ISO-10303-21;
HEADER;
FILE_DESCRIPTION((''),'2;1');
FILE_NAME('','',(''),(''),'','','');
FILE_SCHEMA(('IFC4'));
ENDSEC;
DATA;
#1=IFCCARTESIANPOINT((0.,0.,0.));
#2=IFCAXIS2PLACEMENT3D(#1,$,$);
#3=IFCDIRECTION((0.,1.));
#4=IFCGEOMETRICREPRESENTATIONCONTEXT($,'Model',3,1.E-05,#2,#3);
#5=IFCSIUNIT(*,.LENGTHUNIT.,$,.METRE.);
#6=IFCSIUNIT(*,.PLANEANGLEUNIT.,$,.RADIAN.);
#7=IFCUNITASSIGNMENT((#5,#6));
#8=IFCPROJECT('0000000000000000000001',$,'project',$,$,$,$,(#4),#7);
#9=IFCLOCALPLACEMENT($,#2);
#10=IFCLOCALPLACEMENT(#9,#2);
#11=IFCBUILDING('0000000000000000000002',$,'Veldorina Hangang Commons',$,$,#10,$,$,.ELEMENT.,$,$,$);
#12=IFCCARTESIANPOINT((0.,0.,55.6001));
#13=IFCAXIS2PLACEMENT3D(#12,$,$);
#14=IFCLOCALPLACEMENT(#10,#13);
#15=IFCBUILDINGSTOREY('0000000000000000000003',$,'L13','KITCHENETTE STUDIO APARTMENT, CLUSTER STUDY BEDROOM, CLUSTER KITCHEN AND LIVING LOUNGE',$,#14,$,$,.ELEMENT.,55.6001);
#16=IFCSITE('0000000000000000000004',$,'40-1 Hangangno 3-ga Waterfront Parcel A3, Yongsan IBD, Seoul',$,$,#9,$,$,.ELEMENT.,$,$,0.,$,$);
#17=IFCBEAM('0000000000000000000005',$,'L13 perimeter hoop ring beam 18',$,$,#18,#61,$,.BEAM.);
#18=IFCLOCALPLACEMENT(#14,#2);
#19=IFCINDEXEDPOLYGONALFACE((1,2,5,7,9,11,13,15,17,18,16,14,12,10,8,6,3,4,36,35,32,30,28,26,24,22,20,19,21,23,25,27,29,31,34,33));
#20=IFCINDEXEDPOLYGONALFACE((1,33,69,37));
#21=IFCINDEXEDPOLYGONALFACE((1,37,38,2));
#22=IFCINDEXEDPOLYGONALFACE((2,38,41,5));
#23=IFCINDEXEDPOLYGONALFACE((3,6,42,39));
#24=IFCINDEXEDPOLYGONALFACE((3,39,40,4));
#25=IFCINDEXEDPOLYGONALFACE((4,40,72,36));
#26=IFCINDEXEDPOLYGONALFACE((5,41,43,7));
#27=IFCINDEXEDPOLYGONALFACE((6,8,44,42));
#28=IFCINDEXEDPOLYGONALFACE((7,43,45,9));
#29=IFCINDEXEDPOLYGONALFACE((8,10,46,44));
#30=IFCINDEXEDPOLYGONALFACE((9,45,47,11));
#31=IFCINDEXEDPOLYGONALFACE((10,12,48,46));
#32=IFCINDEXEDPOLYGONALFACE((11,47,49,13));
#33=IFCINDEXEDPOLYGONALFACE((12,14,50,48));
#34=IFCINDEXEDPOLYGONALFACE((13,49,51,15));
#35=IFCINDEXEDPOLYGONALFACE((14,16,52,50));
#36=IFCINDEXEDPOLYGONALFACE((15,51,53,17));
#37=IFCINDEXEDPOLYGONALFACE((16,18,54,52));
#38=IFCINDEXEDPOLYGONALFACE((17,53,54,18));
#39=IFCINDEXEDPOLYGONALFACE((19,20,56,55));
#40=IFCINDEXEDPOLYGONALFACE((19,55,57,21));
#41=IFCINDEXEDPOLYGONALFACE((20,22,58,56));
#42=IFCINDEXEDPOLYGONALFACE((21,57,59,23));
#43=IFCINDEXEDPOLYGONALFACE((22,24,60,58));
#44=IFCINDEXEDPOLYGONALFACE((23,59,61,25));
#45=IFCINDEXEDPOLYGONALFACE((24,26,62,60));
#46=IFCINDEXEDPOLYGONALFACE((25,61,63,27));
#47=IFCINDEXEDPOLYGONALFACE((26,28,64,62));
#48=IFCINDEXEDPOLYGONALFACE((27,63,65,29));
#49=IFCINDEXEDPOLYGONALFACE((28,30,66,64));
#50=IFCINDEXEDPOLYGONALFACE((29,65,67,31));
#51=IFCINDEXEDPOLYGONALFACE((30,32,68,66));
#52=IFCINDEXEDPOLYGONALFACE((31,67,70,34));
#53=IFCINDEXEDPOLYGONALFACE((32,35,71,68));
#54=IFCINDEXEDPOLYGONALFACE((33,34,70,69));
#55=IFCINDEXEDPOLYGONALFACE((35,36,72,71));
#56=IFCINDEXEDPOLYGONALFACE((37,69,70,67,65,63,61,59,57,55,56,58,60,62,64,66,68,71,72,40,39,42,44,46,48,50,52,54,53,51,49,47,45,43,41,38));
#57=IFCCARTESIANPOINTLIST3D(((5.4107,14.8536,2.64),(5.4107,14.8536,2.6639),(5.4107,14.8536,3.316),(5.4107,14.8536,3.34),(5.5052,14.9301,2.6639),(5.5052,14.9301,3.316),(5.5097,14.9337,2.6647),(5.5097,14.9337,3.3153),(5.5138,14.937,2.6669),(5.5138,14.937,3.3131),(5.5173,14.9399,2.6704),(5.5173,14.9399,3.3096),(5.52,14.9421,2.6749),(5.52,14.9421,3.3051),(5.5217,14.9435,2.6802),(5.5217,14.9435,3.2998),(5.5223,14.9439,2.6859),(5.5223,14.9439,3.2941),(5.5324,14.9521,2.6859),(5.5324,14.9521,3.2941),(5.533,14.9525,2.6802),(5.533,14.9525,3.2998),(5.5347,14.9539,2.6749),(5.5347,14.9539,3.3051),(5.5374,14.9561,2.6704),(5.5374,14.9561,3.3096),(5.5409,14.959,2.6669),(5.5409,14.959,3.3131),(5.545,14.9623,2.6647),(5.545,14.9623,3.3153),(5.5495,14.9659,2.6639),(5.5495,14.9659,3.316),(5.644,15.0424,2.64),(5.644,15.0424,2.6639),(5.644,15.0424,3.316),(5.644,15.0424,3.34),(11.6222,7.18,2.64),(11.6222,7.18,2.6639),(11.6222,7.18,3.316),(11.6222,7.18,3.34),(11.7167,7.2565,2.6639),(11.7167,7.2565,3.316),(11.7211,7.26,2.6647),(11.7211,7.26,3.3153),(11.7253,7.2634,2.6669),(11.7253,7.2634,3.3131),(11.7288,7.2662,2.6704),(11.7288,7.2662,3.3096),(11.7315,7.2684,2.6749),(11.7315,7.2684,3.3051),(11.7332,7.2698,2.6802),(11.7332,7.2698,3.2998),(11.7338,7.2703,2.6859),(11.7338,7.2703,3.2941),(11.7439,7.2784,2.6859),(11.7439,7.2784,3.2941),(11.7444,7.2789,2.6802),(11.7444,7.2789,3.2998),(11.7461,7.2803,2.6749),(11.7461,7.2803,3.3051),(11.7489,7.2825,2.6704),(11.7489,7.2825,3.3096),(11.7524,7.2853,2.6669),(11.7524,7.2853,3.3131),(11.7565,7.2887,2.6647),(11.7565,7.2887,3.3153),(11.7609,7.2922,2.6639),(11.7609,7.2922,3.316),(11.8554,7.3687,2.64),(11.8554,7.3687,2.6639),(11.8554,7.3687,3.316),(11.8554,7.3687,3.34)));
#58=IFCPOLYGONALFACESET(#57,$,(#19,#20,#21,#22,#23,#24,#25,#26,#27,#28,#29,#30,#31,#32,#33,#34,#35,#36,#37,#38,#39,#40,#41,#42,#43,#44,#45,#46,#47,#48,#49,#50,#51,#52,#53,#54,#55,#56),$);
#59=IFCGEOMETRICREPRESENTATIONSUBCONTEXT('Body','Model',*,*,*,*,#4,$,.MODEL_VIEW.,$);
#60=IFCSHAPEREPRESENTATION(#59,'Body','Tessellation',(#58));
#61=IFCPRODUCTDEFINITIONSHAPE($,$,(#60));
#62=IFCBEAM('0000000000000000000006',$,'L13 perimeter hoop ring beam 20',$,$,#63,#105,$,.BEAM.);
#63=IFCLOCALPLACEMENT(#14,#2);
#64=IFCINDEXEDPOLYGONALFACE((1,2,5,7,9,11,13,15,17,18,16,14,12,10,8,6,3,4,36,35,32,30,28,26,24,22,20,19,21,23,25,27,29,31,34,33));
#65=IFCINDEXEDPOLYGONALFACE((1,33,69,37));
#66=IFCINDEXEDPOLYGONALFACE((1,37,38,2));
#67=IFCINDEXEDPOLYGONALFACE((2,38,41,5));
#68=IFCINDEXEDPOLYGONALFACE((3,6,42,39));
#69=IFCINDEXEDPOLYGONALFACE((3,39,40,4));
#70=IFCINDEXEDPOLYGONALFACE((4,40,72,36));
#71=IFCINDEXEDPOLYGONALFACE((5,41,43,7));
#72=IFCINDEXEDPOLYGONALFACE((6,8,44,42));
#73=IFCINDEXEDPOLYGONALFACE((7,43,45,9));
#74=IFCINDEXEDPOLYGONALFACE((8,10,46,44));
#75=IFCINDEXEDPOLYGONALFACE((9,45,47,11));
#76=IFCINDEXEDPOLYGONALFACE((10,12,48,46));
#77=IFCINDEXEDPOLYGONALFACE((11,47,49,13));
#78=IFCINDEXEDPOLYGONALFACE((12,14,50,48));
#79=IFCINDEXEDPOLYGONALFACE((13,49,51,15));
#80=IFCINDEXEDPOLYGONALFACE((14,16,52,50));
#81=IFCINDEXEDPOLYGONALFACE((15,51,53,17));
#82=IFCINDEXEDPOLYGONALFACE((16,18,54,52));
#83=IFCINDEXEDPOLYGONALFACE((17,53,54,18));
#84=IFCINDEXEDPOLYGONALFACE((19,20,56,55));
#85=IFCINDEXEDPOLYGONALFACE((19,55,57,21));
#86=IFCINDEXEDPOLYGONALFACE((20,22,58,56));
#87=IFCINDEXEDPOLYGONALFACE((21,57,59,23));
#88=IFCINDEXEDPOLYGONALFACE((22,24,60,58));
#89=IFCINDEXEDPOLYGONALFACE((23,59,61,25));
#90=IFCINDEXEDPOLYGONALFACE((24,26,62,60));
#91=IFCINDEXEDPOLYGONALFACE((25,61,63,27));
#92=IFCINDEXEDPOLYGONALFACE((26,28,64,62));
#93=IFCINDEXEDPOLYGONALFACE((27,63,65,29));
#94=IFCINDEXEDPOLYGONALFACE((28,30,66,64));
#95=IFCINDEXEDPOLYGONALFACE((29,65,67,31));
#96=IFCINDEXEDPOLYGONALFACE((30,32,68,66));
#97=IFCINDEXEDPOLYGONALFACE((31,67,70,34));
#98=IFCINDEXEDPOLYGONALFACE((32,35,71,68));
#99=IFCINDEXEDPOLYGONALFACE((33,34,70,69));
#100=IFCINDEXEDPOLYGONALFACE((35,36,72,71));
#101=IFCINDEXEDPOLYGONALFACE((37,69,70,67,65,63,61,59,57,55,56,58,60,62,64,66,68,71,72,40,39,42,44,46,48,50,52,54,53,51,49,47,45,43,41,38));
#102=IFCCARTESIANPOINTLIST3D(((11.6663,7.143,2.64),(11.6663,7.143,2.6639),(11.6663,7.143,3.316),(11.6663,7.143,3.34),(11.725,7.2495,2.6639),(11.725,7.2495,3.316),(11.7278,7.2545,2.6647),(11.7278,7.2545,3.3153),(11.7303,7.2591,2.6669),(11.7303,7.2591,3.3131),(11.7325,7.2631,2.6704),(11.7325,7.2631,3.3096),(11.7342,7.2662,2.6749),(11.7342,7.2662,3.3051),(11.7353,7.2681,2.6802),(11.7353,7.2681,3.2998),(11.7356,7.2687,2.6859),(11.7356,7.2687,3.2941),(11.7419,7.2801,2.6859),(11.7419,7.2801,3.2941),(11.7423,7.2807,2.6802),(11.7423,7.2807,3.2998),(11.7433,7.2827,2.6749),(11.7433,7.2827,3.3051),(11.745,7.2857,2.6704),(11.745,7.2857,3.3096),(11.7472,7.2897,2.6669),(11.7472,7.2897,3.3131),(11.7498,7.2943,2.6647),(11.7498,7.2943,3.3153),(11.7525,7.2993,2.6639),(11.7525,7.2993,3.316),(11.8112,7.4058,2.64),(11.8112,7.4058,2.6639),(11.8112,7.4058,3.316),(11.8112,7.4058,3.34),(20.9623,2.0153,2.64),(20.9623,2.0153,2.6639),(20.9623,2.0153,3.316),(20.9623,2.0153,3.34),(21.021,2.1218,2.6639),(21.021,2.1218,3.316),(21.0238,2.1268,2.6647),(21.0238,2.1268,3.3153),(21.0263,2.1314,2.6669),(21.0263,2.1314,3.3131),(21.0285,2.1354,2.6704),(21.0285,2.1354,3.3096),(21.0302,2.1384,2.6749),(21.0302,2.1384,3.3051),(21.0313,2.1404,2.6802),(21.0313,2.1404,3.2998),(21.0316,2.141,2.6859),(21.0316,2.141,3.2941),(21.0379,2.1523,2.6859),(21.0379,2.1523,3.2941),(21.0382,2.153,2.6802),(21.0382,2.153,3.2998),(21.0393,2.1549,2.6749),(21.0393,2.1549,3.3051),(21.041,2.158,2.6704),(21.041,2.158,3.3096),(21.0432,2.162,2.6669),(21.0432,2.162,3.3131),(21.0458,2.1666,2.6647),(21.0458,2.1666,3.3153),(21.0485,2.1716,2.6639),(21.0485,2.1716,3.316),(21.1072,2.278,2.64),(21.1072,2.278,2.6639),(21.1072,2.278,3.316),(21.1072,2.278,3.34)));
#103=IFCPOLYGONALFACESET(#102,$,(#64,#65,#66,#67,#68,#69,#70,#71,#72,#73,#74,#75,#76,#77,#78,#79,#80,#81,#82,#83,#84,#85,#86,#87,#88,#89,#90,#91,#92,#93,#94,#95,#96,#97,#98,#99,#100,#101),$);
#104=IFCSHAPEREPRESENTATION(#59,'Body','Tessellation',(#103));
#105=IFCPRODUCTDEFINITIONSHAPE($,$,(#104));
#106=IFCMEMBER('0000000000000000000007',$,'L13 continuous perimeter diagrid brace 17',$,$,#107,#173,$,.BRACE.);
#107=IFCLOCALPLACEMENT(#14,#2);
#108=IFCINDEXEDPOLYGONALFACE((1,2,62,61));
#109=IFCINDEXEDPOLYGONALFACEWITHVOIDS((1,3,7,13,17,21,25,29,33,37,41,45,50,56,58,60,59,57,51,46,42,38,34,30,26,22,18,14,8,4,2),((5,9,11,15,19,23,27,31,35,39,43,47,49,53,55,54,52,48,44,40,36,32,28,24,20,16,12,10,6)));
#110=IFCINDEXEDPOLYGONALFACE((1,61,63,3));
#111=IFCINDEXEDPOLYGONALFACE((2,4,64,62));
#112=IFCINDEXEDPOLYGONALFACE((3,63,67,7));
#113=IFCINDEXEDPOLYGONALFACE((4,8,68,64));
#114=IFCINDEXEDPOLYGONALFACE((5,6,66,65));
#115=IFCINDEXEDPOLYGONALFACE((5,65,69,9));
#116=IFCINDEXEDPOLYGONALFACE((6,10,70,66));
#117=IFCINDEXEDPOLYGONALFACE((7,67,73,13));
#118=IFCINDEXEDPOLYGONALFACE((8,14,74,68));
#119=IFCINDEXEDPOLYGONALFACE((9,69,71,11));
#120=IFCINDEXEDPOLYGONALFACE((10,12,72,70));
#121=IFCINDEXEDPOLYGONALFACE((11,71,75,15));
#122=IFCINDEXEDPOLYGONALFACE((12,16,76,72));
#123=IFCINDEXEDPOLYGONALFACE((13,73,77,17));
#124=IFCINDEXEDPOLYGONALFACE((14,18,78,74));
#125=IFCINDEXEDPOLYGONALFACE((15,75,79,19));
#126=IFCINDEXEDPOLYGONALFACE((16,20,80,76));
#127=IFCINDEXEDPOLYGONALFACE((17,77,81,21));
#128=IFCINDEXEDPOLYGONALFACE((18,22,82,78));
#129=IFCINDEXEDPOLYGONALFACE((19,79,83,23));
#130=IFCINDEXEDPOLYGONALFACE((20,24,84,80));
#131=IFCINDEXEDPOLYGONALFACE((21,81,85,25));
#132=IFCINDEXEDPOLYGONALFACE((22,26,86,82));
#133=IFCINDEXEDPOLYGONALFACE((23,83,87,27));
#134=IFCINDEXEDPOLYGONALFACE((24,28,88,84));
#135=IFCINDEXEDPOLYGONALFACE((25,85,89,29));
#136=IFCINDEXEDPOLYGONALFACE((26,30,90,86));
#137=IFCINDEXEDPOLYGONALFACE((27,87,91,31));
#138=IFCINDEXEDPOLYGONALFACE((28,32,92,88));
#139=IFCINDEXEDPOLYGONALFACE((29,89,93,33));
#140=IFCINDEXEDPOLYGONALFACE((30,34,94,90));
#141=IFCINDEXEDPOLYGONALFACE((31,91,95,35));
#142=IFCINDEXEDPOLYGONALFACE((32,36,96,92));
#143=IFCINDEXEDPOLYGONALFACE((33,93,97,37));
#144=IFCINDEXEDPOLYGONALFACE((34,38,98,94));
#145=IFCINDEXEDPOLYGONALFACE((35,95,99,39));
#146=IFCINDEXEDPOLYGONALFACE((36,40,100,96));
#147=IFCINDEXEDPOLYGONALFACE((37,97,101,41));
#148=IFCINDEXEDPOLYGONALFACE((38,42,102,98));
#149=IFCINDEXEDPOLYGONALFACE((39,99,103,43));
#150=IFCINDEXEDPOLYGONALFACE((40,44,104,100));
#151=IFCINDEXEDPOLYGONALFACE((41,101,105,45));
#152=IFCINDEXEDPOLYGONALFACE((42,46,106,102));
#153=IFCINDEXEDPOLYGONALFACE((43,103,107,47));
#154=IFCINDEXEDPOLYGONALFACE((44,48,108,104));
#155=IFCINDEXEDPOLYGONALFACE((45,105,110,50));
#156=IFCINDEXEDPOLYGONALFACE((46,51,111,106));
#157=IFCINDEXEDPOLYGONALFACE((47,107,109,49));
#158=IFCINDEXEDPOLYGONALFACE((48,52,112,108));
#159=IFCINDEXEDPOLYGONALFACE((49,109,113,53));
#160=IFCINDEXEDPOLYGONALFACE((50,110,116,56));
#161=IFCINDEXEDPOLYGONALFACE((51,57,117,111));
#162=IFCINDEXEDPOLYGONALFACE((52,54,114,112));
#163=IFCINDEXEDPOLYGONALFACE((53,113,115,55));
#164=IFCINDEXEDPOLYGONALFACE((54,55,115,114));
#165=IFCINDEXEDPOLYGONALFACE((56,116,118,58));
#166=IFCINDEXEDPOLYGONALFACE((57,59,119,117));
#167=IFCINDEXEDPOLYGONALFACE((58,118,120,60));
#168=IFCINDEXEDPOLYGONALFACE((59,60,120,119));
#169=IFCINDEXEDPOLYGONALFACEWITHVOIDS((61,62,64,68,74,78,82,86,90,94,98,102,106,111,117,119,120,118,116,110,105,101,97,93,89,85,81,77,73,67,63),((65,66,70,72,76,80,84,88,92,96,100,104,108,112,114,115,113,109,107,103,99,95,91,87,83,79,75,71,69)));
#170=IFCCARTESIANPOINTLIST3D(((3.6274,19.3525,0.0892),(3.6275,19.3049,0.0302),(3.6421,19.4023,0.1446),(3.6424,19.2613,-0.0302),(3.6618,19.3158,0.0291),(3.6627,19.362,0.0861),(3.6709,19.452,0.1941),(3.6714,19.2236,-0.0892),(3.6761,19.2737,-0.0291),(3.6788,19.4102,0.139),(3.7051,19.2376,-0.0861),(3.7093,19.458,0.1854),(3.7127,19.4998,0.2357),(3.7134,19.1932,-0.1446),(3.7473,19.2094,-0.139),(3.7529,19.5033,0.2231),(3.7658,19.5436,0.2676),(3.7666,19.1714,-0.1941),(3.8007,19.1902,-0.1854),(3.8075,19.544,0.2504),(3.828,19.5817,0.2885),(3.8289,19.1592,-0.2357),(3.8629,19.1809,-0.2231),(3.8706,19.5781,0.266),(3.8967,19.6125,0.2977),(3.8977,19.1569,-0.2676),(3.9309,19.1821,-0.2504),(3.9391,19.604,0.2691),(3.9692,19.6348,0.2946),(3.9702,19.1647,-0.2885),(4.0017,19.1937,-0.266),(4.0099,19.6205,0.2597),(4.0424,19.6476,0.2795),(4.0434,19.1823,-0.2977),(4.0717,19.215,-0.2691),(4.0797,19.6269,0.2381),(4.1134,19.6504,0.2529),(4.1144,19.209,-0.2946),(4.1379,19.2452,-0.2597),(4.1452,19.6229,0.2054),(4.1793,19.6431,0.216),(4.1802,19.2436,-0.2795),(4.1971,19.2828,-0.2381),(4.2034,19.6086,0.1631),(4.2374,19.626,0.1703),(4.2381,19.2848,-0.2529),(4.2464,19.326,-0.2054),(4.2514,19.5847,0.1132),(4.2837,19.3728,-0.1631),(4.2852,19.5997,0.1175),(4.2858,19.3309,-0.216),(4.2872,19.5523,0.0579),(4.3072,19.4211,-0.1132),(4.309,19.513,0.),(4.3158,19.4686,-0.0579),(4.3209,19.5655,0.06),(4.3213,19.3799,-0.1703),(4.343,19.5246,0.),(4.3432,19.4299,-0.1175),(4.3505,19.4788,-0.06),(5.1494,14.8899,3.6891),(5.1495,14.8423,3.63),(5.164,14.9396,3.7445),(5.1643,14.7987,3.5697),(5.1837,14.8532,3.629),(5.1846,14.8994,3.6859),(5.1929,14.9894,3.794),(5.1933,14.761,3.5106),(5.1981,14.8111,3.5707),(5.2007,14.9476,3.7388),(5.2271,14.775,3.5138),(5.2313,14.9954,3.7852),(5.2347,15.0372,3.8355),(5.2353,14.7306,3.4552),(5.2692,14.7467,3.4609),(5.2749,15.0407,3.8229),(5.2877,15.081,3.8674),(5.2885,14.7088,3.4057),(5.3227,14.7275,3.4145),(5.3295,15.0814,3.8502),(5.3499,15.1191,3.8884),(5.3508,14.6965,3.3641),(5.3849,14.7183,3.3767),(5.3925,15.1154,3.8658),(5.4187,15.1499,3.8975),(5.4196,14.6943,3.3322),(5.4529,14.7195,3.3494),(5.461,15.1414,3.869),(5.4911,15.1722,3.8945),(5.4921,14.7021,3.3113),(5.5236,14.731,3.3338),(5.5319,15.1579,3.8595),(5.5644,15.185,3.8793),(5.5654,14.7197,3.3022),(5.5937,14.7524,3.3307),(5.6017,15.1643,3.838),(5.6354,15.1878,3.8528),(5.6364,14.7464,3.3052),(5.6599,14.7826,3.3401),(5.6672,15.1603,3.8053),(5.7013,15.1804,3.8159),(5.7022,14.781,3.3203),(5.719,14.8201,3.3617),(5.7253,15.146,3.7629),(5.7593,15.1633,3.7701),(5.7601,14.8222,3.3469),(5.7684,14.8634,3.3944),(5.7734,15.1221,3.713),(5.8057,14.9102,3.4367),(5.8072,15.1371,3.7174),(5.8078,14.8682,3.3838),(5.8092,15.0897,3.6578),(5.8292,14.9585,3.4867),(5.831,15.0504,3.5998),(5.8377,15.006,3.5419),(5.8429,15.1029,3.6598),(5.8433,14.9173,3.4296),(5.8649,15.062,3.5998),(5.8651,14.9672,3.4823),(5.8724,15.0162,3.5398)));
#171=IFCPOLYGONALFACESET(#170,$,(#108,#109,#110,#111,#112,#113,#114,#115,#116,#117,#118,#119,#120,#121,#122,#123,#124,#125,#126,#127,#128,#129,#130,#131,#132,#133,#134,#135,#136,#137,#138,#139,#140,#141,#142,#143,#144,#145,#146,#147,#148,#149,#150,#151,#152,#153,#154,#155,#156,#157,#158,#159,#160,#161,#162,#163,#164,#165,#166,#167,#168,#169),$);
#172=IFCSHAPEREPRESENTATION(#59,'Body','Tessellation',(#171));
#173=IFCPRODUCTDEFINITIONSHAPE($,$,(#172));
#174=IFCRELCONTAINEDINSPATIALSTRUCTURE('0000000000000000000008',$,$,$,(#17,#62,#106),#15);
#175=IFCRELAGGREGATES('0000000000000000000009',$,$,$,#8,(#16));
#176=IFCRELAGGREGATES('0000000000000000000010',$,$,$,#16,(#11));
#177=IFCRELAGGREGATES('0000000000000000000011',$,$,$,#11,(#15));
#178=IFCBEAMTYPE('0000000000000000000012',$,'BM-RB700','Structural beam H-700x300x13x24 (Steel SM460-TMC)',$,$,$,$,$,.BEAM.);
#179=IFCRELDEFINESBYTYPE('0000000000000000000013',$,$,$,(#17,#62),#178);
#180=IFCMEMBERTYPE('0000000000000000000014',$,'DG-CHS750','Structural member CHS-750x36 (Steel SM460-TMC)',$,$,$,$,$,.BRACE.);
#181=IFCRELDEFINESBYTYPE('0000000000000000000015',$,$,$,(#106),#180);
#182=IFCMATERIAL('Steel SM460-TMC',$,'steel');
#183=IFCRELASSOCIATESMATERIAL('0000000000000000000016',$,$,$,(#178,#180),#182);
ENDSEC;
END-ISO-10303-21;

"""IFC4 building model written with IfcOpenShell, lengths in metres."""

from ifc_helpers import new_model, si_unit, direction, frame, origin, origin_2d, place, context, subcontext, project, spatial, hollow_circle, i_section, extrude, material, material_profile, profile_set, type_object, element, save


model = new_model("IFC4")

# Units and contexts
model_context = context("Model", 3, precision=1e-05, world=origin(), true_north=direction((0.0, 1.0)))
body_context = subcontext(model_context, "Body", "Model", "MODEL_VIEW")
ifc_project = project(units=[si_unit("LENGTHUNIT", "METRE"), si_unit("PLANEANGLEUNIT", "RADIAN")], contexts=[model_context])

# Site, building, storey
site_placement = place(None, origin())
site = spatial("IfcSite", under=ifc_project, at=site_placement, Name="40-1 Hangangno 3-ga Waterfront Parcel A3, Yongsan IBD, Seoul", CompositionType="ELEMENT", RefElevation=0.0)
building_placement = place(site_placement, origin())
building = spatial("IfcBuilding", under=site, at=building_placement, Name="Veldorina Hangang Commons", CompositionType="ELEMENT")
storey_placement = place(building_placement, frame((0.0, 0.0, 55.6001)))
storey = spatial("IfcBuildingStorey", under=building, at=storey_placement, Name="L13", Description="KITCHENETTE STUDIO APARTMENT, CLUSTER STUDY BEDROOM, CLUSTER KITCHEN AND LIVING LOUNGE", CompositionType="ELEMENT", Elevation=55.6001)

# Beams
ifc_material_1 = material(Name="Steel SM460-TMC", Category="steel")
ifc_material_profile_1 = material_profile(ifc_material_1, i_section(OverallWidth=0.3, OverallDepth=0.7, WebThickness=0.0129, FlangeThickness=0.0239, FilletRadius=0.022, at=origin_2d()), Name="H-700x300x13x24")
ifc_profile_set_1 = profile_set([ifc_material_profile_1], Name="Steel SM460-TMC")
beam_type = type_object("IfcBeamType", Name="BM-RB700", Description="Structural beam H-700x300x13x24 (Steel SM460-TMC)", PredefinedType="BEAM", material=ifc_profile_set_1)
beam_1_placement = place(storey_placement, frame((5.5273, 14.948, 2.99), z_axis=(0.629166, -0.777271, 0.0), x_axis=(0.777271, 0.629166, 0.0)))
element("IfcBeam", 1, at=beam_1_placement, inside=storey, type_object=beam_type, Name="L13 perimeter hoop ring beam 18", PredefinedType="BEAM", context=body_context, shape_type="SweptSolid", body=[
    extrude(i_section(OverallWidth=0.3, OverallDepth=0.7, WebThickness=0.0129, FlangeThickness=0.0239, FilletRadius=0.022, at=origin_2d()), origin(), (0.0, 0.0, 1.0), 9.8726),
])
beam_2_placement = place(storey_placement, frame((11.7388, 7.2744, 2.99), z_axis=(0.875621, -0.482999, 0.0), x_axis=(0.482999, 0.875621, 0.0)))
element("IfcBeam", 2, at=beam_2_placement, inside=storey, type_object=beam_type, Name="L13 perimeter hoop ring beam 20", PredefinedType="BEAM", context=body_context, shape_type="SweptSolid", body=[
    extrude(i_section(OverallWidth=0.3, OverallDepth=0.7, WebThickness=0.0129, FlangeThickness=0.0239, FilletRadius=0.022, at=origin_2d()), origin(), (0.0, 0.0, 1.0), 10.6165),
])

# Member
ifc_material_profile_2 = material_profile(ifc_material_1, hollow_circle(Radius=0.375, WallThickness=0.0359, at=origin_2d()), Name="CHS-750x36")
ifc_profile_set_2 = profile_set([ifc_material_profile_2], Name="Steel SM460-TMC")
member_type = type_object("IfcMemberType", Name="DG-CHS750", Description="Structural member CHS-750x36 (Steel SM460-TMC)", PredefinedType="BRACE", material=ifc_profile_set_2)
member_1_placement = place(storey_placement, frame((3.988, 19.4036, 0.0), z_axis=(0.256563, -0.75228, 0.606837), x_axis=(0.94647, 0.322791, 0.0)))
element("IfcMember", 3, at=member_1_placement, inside=storey, type_object=member_type, Name="L13 continuous perimeter diagrid brace 17", PredefinedType="BRACE", context=body_context, shape_type="SweptSolid", body=[
    extrude(hollow_circle(Radius=0.375, WallThickness=0.0359, at=origin_2d()), origin(), (0.0, 0.0, 1.0), 5.9321),
])

save(model, "model.ifc")
